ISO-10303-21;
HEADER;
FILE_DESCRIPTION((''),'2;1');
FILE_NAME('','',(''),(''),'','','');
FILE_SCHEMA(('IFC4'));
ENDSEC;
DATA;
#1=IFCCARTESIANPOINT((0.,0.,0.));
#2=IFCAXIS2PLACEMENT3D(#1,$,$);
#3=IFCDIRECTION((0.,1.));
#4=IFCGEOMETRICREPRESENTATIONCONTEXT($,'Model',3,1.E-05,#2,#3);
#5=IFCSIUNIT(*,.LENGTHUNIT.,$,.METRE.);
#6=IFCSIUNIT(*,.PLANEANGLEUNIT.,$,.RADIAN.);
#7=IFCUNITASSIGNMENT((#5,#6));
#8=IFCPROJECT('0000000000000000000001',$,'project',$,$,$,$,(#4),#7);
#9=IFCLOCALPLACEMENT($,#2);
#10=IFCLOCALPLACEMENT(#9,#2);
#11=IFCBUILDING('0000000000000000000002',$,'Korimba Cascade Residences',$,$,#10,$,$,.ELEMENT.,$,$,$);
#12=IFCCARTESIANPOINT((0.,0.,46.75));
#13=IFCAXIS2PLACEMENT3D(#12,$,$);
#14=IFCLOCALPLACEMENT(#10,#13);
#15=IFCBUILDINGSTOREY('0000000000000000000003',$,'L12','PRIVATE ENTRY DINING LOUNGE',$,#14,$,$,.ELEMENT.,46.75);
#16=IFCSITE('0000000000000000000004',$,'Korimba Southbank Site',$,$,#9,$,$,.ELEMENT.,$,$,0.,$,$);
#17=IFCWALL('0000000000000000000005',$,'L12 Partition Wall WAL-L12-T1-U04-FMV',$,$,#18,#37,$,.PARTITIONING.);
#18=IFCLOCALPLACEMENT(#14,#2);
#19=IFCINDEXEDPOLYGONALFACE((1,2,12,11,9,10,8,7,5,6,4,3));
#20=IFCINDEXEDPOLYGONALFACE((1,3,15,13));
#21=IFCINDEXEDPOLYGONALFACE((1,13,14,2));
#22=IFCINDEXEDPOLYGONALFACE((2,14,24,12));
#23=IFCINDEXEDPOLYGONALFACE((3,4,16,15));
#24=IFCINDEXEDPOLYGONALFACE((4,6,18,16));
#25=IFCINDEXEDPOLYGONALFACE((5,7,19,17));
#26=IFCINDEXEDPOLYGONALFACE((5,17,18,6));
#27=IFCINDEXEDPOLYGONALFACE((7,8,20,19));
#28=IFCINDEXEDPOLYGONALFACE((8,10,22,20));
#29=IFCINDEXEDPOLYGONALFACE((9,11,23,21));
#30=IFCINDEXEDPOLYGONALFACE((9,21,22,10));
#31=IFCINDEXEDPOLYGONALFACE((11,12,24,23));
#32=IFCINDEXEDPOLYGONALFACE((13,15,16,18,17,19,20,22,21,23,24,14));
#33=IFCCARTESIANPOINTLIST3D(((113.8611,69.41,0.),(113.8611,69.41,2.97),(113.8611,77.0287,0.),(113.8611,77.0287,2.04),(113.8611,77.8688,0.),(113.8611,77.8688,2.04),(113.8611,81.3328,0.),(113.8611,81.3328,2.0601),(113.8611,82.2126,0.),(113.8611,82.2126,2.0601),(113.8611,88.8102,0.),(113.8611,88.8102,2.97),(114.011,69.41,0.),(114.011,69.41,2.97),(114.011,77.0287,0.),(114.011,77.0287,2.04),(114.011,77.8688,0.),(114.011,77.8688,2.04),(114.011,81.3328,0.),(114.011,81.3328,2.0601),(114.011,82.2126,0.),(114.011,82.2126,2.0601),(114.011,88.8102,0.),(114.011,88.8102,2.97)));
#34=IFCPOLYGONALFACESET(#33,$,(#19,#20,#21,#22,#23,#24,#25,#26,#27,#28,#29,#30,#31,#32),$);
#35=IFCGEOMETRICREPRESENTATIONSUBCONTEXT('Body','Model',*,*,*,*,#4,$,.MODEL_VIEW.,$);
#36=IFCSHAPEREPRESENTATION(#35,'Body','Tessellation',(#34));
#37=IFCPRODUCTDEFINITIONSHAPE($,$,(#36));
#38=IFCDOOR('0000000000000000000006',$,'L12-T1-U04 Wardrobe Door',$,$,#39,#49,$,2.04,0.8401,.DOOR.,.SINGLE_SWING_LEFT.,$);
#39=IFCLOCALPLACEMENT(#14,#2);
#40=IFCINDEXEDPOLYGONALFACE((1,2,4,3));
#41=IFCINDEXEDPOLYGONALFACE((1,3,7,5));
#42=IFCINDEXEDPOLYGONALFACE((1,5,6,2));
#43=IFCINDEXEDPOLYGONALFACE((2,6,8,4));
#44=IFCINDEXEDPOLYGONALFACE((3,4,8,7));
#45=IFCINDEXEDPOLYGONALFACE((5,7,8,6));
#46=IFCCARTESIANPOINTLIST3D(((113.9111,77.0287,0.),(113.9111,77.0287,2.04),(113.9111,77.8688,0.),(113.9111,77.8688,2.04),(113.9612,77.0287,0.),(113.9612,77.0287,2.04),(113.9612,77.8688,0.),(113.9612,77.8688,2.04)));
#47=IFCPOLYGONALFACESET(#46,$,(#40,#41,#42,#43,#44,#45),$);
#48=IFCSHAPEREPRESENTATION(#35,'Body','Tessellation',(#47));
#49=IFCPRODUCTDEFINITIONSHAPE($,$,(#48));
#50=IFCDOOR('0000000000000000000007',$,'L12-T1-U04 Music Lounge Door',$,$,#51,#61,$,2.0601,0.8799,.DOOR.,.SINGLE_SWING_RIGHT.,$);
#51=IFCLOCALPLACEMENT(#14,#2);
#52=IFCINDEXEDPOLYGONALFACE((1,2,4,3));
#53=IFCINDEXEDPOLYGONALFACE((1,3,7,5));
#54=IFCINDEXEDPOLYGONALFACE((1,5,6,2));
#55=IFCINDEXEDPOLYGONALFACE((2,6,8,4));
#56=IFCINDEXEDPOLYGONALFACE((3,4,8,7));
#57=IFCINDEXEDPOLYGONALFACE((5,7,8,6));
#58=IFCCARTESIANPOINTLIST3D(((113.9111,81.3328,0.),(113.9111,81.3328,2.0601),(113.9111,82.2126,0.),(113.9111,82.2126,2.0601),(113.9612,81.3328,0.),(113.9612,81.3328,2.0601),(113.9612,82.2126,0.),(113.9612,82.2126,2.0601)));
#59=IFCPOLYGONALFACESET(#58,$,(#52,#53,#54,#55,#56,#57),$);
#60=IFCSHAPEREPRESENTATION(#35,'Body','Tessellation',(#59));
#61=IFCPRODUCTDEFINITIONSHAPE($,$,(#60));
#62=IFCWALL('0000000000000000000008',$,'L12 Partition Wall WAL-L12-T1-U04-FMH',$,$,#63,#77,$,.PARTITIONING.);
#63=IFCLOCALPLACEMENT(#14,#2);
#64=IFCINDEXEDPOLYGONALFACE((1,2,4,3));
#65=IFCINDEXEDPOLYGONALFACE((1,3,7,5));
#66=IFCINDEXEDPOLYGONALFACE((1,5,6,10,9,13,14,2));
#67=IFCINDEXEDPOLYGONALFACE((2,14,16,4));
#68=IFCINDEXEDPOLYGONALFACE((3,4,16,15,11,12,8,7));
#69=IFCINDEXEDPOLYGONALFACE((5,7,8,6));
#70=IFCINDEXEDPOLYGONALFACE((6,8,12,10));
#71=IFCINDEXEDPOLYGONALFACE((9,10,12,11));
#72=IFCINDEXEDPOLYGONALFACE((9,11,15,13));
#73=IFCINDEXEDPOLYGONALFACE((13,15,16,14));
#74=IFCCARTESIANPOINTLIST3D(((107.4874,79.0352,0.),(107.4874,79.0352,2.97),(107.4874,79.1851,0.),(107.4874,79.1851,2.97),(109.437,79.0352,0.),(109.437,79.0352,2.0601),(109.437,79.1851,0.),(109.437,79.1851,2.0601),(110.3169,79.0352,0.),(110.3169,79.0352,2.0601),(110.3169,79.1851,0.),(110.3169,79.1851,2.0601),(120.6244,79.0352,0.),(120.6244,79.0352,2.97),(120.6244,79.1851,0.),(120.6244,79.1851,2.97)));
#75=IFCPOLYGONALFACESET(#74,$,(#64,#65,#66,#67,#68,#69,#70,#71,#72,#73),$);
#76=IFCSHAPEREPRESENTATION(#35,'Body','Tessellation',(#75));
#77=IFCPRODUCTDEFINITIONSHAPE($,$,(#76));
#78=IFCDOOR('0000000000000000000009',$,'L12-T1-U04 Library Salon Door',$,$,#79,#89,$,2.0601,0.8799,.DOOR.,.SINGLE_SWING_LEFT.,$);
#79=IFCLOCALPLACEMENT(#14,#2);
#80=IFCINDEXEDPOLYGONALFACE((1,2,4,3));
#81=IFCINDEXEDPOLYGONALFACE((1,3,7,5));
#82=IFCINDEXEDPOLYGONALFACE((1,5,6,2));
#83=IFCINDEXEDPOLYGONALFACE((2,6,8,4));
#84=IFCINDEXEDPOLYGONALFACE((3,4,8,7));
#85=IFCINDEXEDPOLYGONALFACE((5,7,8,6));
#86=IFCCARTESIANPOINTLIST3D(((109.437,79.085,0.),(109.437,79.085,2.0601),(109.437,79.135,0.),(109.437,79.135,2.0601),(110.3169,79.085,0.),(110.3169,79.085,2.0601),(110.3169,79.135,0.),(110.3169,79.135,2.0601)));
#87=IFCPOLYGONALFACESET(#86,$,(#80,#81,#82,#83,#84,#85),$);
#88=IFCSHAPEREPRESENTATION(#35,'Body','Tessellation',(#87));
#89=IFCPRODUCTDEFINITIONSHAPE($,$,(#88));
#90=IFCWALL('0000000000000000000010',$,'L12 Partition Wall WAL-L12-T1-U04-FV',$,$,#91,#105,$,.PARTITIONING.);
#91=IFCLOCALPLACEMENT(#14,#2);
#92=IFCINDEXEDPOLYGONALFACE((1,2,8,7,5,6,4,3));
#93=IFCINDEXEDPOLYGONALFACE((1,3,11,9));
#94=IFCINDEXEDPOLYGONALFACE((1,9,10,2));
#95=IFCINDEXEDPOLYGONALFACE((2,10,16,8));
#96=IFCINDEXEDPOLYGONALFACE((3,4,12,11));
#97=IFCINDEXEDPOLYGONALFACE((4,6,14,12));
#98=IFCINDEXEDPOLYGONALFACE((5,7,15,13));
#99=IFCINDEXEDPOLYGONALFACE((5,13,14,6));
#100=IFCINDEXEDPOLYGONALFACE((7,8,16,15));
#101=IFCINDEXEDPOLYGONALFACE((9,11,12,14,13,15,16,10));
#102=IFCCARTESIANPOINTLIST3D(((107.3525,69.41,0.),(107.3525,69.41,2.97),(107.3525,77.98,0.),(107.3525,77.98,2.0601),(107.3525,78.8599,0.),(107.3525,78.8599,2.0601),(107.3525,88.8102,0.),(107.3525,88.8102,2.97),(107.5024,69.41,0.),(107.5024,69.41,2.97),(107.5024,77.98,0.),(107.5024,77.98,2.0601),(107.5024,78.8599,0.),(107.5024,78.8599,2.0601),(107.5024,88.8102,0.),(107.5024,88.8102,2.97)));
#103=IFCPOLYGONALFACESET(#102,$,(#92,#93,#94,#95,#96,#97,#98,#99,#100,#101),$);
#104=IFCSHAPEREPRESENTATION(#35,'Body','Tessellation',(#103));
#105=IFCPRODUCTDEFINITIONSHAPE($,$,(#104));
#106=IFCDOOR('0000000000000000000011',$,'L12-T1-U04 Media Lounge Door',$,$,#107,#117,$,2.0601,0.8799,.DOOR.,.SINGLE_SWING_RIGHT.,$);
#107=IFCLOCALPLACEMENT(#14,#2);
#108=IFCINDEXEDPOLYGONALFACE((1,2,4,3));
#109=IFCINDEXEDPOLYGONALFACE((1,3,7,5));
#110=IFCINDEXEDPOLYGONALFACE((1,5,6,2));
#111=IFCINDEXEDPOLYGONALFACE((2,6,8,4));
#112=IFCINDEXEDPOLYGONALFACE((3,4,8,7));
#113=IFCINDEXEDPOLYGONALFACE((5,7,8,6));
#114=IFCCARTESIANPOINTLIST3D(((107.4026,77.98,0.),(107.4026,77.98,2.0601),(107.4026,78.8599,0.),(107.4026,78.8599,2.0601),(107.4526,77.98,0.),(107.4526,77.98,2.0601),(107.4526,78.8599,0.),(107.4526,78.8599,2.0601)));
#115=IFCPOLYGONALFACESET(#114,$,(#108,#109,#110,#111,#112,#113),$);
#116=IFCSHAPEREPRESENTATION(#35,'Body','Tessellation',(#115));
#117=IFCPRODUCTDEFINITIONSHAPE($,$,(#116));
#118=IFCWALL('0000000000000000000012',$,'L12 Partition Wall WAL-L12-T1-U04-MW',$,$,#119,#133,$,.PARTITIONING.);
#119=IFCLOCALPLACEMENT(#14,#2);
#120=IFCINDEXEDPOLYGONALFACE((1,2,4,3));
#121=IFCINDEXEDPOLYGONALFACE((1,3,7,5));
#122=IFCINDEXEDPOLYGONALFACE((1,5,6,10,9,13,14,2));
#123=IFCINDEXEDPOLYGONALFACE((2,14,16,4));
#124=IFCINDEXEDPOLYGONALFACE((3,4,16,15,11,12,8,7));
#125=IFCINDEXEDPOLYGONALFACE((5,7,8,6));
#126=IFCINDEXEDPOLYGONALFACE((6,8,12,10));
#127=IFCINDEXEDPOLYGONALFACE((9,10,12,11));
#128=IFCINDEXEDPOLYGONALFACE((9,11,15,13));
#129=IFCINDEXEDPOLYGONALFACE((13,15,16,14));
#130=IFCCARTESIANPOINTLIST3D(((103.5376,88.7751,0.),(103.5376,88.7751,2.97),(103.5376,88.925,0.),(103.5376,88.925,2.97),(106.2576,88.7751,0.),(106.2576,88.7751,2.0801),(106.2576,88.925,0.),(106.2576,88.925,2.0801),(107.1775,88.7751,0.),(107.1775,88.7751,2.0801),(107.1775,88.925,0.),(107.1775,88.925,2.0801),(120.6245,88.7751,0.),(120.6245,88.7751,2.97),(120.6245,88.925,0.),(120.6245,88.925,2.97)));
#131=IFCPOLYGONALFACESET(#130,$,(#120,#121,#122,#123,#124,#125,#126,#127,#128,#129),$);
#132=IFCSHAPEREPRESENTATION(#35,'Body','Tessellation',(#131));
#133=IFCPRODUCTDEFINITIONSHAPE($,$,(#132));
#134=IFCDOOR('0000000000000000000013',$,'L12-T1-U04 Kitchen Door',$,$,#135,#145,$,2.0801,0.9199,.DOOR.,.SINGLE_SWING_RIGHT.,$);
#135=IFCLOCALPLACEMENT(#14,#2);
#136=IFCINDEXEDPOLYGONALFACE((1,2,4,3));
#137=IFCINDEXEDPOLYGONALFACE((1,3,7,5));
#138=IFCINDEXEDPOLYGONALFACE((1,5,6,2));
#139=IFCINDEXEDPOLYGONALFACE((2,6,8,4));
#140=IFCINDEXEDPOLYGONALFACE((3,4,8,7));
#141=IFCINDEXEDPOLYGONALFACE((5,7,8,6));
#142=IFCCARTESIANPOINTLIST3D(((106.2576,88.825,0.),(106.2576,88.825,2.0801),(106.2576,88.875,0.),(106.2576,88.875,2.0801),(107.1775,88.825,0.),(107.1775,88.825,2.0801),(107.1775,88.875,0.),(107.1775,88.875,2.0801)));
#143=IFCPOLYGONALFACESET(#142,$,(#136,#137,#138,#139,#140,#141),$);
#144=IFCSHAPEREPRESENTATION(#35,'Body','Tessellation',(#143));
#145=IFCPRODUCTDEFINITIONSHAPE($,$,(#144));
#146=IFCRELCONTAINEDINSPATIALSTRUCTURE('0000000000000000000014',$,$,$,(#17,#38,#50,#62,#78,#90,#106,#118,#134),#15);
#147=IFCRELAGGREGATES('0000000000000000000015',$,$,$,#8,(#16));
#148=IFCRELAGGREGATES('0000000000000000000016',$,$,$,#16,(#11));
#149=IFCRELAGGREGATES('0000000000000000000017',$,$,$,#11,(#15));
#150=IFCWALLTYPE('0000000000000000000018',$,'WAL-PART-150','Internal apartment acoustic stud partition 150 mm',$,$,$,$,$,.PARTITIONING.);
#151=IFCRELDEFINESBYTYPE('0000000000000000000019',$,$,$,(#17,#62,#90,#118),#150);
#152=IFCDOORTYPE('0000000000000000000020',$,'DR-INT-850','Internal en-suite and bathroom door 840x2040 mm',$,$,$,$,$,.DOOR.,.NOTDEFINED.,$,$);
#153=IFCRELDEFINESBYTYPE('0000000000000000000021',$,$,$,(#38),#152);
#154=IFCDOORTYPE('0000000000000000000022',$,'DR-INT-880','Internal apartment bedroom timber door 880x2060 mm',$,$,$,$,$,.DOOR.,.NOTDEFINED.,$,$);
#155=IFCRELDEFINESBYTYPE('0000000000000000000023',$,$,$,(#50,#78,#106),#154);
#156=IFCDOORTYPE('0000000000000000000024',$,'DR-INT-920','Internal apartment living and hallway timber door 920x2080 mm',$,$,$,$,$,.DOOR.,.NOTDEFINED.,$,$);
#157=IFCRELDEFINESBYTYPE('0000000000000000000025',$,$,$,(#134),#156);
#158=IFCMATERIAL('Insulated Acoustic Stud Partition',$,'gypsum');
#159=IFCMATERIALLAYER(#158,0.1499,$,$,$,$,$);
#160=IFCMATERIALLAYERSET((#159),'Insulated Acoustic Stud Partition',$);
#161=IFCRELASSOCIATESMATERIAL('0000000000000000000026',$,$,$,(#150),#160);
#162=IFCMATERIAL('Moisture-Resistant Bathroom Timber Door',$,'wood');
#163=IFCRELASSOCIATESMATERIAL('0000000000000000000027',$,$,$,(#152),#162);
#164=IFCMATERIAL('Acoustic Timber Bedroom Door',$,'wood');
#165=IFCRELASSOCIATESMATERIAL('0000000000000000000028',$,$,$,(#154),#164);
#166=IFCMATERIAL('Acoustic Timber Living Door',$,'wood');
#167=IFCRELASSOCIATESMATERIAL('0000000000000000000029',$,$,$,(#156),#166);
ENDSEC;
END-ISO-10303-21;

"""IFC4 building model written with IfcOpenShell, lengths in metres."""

from ifc_helpers import new_model, si_unit, direction, frame, frame_2d, origin, place, context, subcontext, project, spatial, rectangle, extrude, material, layer, layer_set, type_object, element, fill, save


model = new_model("IFC4")

# Units and contexts
model_context = context("Model", 3, precision=1e-05, world=origin(), true_north=direction((0.0, 1.0)))
body_context = subcontext(model_context, "Body", "Model", "MODEL_VIEW")
ifc_project = project(units=[si_unit("LENGTHUNIT", "METRE"), si_unit("PLANEANGLEUNIT", "RADIAN")], contexts=[model_context])

# Site, building, storey
site_placement = place(None, origin())
site = spatial("IfcSite", under=ifc_project, at=site_placement, Name="Korimba Southbank Site", CompositionType="ELEMENT", RefElevation=0.0)
building_placement = place(site_placement, origin())
building = spatial("IfcBuilding", under=site, at=building_placement, Name="Korimba Cascade Residences", CompositionType="ELEMENT")
storey_placement = place(building_placement, frame((0.0, 0.0, 46.75)))
storey = spatial("IfcBuildingStorey", under=building, at=storey_placement, Name="L12", Description="PRIVATE ENTRY DINING LOUNGE", CompositionType="ELEMENT", Elevation=46.75)

# Shared definitions
ifc_material_1 = material(Name="Insulated Acoustic Stud Partition", Category="gypsum")
ifc_layer_1 = layer(ifc_material_1, 0.1499)
ifc_layer_set_1 = layer_set([ifc_layer_1], Name="Insulated Acoustic Stud Partition")
wall_type_1 = type_object("IfcWallType", Name="WAL-PART-150", Description="Internal apartment acoustic stud partition 150 mm", PredefinedType="PARTITIONING", material=ifc_layer_set_1)
ifc_material_2 = material(Name="Moisture-Resistant Bathroom Timber Door", Category="wood")
door_type_1 = type_object("IfcDoorType", Name="DR-INT-850", Description="Internal en-suite and bathroom door 840x2040 mm", OperationType="NOTDEFINED", PredefinedType="DOOR", material=ifc_material_2)
ifc_material_3 = material(Name="Acoustic Timber Bedroom Door", Category="wood")
door_type_2 = type_object("IfcDoorType", Name="DR-INT-880", Description="Internal apartment bedroom timber door 880x2060 mm", OperationType="NOTDEFINED", PredefinedType="DOOR", material=ifc_material_3)

# Wall, openings, doors
wall_1_placement = place(storey_placement, frame((113.936, 69.4099, 0.0), z_axis=(0.0, 0.0, 1.0), x_axis=(0.0, 1.0, 0.0)))
wall_1 = element("IfcWall", 1, at=wall_1_placement, inside=storey, type_object=wall_type_1, Name="L12 Partition Wall WAL-L12-T1-U04-FMV", PredefinedType="PARTITIONING", context=body_context, shape_type="SweptSolid", body=[
    extrude(rectangle(XDim=19.4001, YDim=0.1499, at=frame_2d((9.7002, 0.0))), origin(), (0.0, 0.0, 1.0), 2.97),
])
opening_1_placement = place(wall_1_placement, frame((7.6189, 0.0, 0.0)))
opening_1 = element("IfcOpeningElement", 2, at=opening_1_placement, cuts=wall_1, PredefinedType="OPENING", context=body_context, shape_type="SweptSolid", body=[
    extrude(rectangle(XDim=0.8401, YDim=2.04, at=frame_2d((0.4199, 1.02))), frame((0.0, 0.085, 0.0), z_axis=(0.0, -1.0, 0.0), x_axis=(1.0, 0.0, 0.0)), (0.0, 0.0, 1.0), 0.1699),
])
opening_2_placement = place(wall_1_placement, frame((11.9229, 0.0, 0.0)))
opening_2 = element("IfcOpeningElement", 3, at=opening_2_placement, cuts=wall_1, PredefinedType="OPENING", context=body_context, shape_type="SweptSolid", body=[
    extrude(rectangle(XDim=0.8799, YDim=2.0601, at=frame_2d((0.4399, 1.03))), frame((0.0, 0.085, 0.0), z_axis=(0.0, -1.0, 0.0), x_axis=(1.0, 0.0, 0.0)), (0.0, 0.0, 1.0), 0.1699),
])
door_1_placement = place(opening_1_placement, origin())
door_1 = element("IfcDoor", 4, at=door_1_placement, inside=storey, type_object=door_type_1, Name="L12-T1-U04 Wardrobe Door", OperationType="SINGLE_SWING_LEFT", OverallHeight=2.04, OverallWidth=0.8401, PredefinedType="DOOR", context=body_context, shape_type="SweptSolid", body=[
    extrude(rectangle(XDim=0.8401, YDim=2.04, at=frame_2d((0.4199, 1.02))), frame((0.0, 0.0249, 0.0), z_axis=(0.0, -1.0, 0.0), x_axis=(1.0, 0.0, 0.0)), (0.0, 0.0, 1.0), 0.05),
])
fill(opening_1, door_1)
door_2_placement = place(opening_2_placement, origin())
door_2 = element("IfcDoor", 5, at=door_2_placement, inside=storey, type_object=door_type_2, Name="L12-T1-U04 Music Lounge Door", OperationType="SINGLE_SWING_RIGHT", OverallHeight=2.0601, OverallWidth=0.8799, PredefinedType="DOOR", context=body_context, shape_type="SweptSolid", body=[
    extrude(rectangle(XDim=0.8799, YDim=2.0601, at=frame_2d((0.4399, 1.03))), frame((0.0, 0.0249, 0.0), z_axis=(0.0, -1.0, 0.0), x_axis=(1.0, 0.0, 0.0)), (0.0, 0.0, 1.0), 0.05),
])
fill(opening_2, door_2)

# Walls, openings, doors
wall_2_placement = place(storey_placement, frame((107.4875, 79.1101, 0.0), z_axis=(0.0, 0.0, 1.0), x_axis=(1.0, 0.0, 0.0)))
wall_2 = element("IfcWall", 6, at=wall_2_placement, inside=storey, type_object=wall_type_1, Name="L12 Partition Wall WAL-L12-T1-U04-FMH", PredefinedType="PARTITIONING", context=body_context, shape_type="SweptSolid", body=[
    extrude(rectangle(XDim=13.137, YDim=0.1499, at=frame_2d((6.5684, 0.0))), origin(), (0.0, 0.0, 1.0), 2.97),
])
opening_3_placement = place(wall_2_placement, frame((1.9495, 0.0, 0.0)))
opening_3 = element("IfcOpeningElement", 7, at=opening_3_placement, cuts=wall_2, PredefinedType="OPENING", context=body_context, shape_type="SweptSolid", body=[
    extrude(rectangle(XDim=0.8799, YDim=2.0601, at=frame_2d((0.4399, 1.03))), frame((0.0, 0.085, 0.0), z_axis=(0.0, -1.0, 0.0), x_axis=(1.0, 0.0, 0.0)), (0.0, 0.0, 1.0), 0.1699),
])
door_3_placement = place(opening_3_placement, origin())
door_3 = element("IfcDoor", 8, at=door_3_placement, inside=storey, type_object=door_type_2, Name="L12-T1-U04 Library Salon Door", OperationType="SINGLE_SWING_LEFT", OverallHeight=2.0601, OverallWidth=0.8799, PredefinedType="DOOR", context=body_context, shape_type="SweptSolid", body=[
    extrude(rectangle(XDim=0.8799, YDim=2.0601, at=frame_2d((0.4399, 1.03))), frame((0.0, 0.0249, 0.0), z_axis=(0.0, -1.0, 0.0), x_axis=(1.0, 0.0, 0.0)), (0.0, 0.0, 1.0), 0.05),
])
fill(opening_3, door_3)
wall_3_placement = place(storey_placement, frame((107.4275, 69.4099, 0.0), z_axis=(0.0, 0.0, 1.0), x_axis=(0.0, 1.0, 0.0)))
wall_3 = element("IfcWall", 9, at=wall_3_placement, inside=storey, type_object=wall_type_1, Name="L12 Partition Wall WAL-L12-T1-U04-FV", PredefinedType="PARTITIONING", context=body_context, shape_type="SweptSolid", body=[
    extrude(rectangle(XDim=19.4001, YDim=0.1499, at=frame_2d((9.7002, 0.0))), origin(), (0.0, 0.0, 1.0), 2.97),
])
opening_4_placement = place(wall_3_placement, frame((8.5701, 0.0, 0.0)))
opening_4 = element("IfcOpeningElement", 10, at=opening_4_placement, cuts=wall_3, PredefinedType="OPENING", context=body_context, shape_type="SweptSolid", body=[
    extrude(rectangle(XDim=0.8799, YDim=2.0601, at=frame_2d((0.4399, 1.03))), frame((0.0, 0.085, 0.0), z_axis=(0.0, -1.0, 0.0), x_axis=(1.0, 0.0, 0.0)), (0.0, 0.0, 1.0), 0.1699),
])
door_4_placement = place(opening_4_placement, origin())
door_4 = element("IfcDoor", 11, at=door_4_placement, inside=storey, type_object=door_type_2, Name="L12-T1-U04 Media Lounge Door", OperationType="SINGLE_SWING_RIGHT", OverallHeight=2.0601, OverallWidth=0.8799, PredefinedType="DOOR", context=body_context, shape_type="SweptSolid", body=[
    extrude(rectangle(XDim=0.8799, YDim=2.0601, at=frame_2d((0.4399, 1.03))), frame((0.0, 0.0249, 0.0), z_axis=(0.0, -1.0, 0.0), x_axis=(1.0, 0.0, 0.0)), (0.0, 0.0, 1.0), 0.05),
])
fill(opening_4, door_4)
wall_4_placement = place(storey_placement, frame((103.5376, 88.8501, 0.0), z_axis=(0.0, 0.0, 1.0), x_axis=(1.0, 0.0, 0.0)))
wall_4 = element("IfcWall", 12, at=wall_4_placement, inside=storey, type_object=wall_type_1, Name="L12 Partition Wall WAL-L12-T1-U04-MW", PredefinedType="PARTITIONING", context=body_context, shape_type="SweptSolid", body=[
    extrude(rectangle(XDim=17.0869, YDim=0.1499, at=frame_2d((8.5435, 0.0))), origin(), (0.0, 0.0, 1.0), 2.97),
])
opening_5_placement = place(wall_4_placement, frame((2.72, 0.0, 0.0)))
opening_5 = element("IfcOpeningElement", 13, at=opening_5_placement, cuts=wall_4, PredefinedType="OPENING", context=body_context, shape_type="SweptSolid", body=[
    extrude(rectangle(XDim=0.9199, YDim=2.0801, at=frame_2d((0.46, 1.04))), frame((0.0, 0.085, 0.0), z_axis=(0.0, -1.0, 0.0), x_axis=(1.0, 0.0, 0.0)), (0.0, 0.0, 1.0), 0.1699),
])
ifc_material_4 = material(Name="Acoustic Timber Living Door", Category="wood")
door_type_3 = type_object("IfcDoorType", Name="DR-INT-920", Description="Internal apartment living and hallway timber door 920x2080 mm", OperationType="NOTDEFINED", PredefinedType="DOOR", material=ifc_material_4)
door_5_placement = place(opening_5_placement, origin())
door_5 = element("IfcDoor", 14, at=door_5_placement, inside=storey, type_object=door_type_3, Name="L12-T1-U04 Kitchen Door", OperationType="SINGLE_SWING_RIGHT", OverallHeight=2.0801, OverallWidth=0.9199, PredefinedType="DOOR", context=body_context, shape_type="SweptSolid", body=[
    extrude(rectangle(XDim=0.9199, YDim=2.0801, at=frame_2d((0.46, 1.04))), frame((0.0, 0.0249, 0.0), z_axis=(0.0, -1.0, 0.0), x_axis=(1.0, 0.0, 0.0)), (0.0, 0.0, 1.0), 0.05),
])
fill(opening_5, door_5)

save(model, "model.ifc")
